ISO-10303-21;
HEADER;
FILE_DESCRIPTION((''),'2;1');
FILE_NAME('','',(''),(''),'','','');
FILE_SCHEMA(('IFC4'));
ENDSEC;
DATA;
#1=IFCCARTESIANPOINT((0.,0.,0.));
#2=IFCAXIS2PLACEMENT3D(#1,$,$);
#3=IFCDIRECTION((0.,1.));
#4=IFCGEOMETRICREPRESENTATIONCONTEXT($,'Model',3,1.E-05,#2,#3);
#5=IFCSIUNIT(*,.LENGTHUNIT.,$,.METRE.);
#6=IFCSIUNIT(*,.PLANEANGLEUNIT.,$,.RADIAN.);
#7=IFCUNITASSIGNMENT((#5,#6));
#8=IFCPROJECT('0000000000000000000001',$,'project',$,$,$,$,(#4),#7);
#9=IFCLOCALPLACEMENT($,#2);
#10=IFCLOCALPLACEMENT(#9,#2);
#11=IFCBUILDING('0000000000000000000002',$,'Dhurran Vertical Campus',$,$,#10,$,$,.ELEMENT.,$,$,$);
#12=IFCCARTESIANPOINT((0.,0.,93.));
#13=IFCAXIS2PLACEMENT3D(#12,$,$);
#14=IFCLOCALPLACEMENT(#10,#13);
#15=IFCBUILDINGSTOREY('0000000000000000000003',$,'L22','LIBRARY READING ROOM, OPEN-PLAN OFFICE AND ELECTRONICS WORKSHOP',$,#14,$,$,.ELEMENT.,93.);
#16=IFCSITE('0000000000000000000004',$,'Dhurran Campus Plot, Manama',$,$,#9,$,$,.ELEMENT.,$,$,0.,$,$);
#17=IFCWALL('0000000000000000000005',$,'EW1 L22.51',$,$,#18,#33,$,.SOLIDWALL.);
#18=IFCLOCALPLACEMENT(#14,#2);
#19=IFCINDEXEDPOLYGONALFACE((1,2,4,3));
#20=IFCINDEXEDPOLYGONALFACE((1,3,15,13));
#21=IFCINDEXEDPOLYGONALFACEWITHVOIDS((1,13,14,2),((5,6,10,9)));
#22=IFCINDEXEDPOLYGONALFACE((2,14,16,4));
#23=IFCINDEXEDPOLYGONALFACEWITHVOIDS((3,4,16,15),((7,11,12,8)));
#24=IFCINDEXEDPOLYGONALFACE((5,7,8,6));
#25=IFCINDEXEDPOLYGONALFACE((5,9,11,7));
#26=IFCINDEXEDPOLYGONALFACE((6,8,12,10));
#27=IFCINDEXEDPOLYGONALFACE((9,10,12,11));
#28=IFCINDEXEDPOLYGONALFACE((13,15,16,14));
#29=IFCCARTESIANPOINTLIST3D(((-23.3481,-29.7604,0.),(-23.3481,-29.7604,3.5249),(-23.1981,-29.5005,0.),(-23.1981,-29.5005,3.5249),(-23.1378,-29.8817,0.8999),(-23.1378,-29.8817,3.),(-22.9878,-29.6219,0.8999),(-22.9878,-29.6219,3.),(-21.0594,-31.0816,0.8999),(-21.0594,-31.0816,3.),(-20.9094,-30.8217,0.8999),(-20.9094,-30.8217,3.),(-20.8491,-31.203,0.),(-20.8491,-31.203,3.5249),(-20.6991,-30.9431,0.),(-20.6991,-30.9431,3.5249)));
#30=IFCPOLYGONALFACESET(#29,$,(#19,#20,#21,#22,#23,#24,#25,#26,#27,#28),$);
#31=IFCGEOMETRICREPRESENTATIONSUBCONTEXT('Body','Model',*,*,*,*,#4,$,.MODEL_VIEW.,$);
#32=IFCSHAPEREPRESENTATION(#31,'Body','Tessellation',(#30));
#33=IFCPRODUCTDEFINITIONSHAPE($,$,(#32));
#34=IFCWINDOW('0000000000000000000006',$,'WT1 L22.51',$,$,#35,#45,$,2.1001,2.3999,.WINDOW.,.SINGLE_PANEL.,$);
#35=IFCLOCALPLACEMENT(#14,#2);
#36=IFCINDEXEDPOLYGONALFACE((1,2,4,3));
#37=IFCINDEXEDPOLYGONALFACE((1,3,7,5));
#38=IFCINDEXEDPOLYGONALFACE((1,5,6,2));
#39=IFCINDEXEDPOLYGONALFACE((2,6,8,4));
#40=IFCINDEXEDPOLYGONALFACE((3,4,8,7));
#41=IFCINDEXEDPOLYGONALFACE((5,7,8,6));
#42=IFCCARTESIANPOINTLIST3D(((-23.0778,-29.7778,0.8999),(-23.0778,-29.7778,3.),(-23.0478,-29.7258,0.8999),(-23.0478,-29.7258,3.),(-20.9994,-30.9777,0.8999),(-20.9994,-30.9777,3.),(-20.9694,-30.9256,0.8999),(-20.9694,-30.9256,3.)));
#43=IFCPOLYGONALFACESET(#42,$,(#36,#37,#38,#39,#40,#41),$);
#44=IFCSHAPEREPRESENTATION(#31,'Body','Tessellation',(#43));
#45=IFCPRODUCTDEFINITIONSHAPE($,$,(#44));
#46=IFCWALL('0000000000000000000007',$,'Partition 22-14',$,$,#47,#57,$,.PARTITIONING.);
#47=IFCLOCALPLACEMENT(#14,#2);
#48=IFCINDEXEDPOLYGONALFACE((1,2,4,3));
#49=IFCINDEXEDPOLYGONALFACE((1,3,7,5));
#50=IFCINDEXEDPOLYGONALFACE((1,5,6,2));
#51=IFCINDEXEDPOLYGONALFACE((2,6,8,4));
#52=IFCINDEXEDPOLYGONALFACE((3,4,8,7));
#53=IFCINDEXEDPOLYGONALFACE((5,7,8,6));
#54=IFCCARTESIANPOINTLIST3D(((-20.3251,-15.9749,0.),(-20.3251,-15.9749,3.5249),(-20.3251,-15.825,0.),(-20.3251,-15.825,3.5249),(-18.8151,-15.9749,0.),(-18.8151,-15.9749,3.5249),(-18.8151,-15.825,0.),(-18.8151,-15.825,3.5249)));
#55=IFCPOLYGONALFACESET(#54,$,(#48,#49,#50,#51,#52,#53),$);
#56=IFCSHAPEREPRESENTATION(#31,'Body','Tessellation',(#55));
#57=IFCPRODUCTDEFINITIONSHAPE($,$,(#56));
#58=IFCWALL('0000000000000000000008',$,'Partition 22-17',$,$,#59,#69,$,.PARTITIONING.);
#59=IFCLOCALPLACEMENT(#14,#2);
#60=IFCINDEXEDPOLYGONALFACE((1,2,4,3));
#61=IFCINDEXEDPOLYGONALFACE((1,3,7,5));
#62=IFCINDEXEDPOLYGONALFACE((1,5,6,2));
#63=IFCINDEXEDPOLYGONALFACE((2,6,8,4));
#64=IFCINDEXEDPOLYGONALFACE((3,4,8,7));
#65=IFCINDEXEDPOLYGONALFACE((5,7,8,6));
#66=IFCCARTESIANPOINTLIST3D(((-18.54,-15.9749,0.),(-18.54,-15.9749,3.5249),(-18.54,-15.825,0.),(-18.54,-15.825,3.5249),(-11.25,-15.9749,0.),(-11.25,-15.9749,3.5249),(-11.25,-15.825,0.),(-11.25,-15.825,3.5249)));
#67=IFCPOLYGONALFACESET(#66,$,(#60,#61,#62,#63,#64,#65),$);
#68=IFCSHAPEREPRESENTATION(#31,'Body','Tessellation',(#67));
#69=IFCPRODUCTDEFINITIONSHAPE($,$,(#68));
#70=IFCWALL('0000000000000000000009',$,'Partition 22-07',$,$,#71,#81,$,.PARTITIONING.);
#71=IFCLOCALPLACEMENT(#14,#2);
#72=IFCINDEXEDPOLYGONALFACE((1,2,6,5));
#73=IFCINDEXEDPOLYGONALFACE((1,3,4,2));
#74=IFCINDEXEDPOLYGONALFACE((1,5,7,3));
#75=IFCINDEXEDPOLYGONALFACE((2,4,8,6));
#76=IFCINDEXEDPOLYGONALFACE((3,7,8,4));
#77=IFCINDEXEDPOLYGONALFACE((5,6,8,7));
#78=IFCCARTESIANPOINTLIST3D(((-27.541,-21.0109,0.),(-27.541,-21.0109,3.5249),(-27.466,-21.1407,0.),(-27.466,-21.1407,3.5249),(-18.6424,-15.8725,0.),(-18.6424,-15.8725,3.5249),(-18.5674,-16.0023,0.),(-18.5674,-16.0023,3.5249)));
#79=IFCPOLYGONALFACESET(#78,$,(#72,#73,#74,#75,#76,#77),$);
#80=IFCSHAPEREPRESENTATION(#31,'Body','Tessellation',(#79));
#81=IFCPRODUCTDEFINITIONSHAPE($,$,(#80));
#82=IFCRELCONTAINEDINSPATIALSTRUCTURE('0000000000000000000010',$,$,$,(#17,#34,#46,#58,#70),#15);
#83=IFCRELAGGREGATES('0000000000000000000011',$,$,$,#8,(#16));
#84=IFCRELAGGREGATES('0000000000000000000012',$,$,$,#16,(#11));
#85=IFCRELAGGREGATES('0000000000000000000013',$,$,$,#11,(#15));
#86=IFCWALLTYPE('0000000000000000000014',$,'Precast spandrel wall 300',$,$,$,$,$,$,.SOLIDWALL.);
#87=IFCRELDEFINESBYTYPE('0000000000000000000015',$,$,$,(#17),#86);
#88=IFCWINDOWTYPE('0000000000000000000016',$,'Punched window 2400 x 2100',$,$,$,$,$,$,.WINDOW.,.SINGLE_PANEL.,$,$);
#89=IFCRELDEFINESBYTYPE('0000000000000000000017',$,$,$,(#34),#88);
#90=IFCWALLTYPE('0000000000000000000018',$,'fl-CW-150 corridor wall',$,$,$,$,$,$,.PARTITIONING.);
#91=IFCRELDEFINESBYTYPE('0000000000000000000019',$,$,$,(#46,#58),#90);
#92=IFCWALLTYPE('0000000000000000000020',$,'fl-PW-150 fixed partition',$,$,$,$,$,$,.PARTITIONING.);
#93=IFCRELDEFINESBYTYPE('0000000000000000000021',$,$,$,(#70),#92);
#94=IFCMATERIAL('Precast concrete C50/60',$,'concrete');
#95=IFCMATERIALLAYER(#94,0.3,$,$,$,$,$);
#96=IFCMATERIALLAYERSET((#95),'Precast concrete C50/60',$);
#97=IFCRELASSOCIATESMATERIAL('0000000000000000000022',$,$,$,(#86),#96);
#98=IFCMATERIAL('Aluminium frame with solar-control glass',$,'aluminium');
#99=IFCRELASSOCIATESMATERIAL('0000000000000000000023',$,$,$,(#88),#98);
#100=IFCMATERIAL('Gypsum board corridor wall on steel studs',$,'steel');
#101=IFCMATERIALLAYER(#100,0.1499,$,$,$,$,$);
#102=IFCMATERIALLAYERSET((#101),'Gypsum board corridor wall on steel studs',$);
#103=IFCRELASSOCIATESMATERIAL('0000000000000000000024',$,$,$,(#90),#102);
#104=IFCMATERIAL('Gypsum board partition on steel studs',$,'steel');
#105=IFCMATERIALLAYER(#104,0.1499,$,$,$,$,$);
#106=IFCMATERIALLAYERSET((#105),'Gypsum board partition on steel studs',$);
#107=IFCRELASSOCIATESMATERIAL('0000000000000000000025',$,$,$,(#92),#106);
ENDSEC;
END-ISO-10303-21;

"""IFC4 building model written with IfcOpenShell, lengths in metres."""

from ifc_helpers import new_model, si_unit, direction, frame, frame_2d, origin, place, context, subcontext, project, spatial, rectangle, extrude, material, layer, layer_set, type_object, element, fill, save


model = new_model("IFC4")

# Units and contexts
model_context = context("Model", 3, precision=1e-05, world=origin(), true_north=direction((0.0, 1.0)))
body_context = subcontext(model_context, "Body", "Model", "MODEL_VIEW")
ifc_project = project(units=[si_unit("LENGTHUNIT", "METRE"), si_unit("PLANEANGLEUNIT", "RADIAN")], contexts=[model_context])

# Site, building, storey
site_placement = place(None, origin())
site = spatial("IfcSite", under=ifc_project, at=site_placement, Name="Dhurran Campus Plot, Manama", CompositionType="ELEMENT", RefElevation=0.0)
building_placement = place(site_placement, origin())
building = spatial("IfcBuilding", under=site, at=building_placement, Name="Dhurran Vertical Campus", CompositionType="ELEMENT")
storey_placement = place(building_placement, frame((0.0, 0.0, 93.0)))
storey = spatial("IfcBuildingStorey", under=building, at=storey_placement, Name="L22", Description="LIBRARY READING ROOM, OPEN-PLAN OFFICE AND ELECTRONICS WORKSHOP", CompositionType="ELEMENT", Elevation=93.0)

# Wall, opening, window
ifc_material_1 = material(Name="Precast concrete C50/60", Category="concrete")
ifc_layer_1 = layer(ifc_material_1, 0.3)
ifc_layer_set_1 = layer_set([ifc_layer_1], Name="Precast concrete C50/60")
wall_type_1 = type_object("IfcWallType", Name="Precast spandrel wall 300", PredefinedType="SOLIDWALL", material=ifc_layer_set_1)
ifc_material_2 = material(Name="Aluminium frame with solar-control glass", Category="aluminium")
window_type = type_object("IfcWindowType", Name="Punched window 2400 x 2100", PartitioningType="SINGLE_PANEL", PredefinedType="WINDOW", material=ifc_material_2)
wall_1_placement = place(storey_placement, frame((-23.2732, -29.6304, 0.0), z_axis=(0.0, 0.0, 1.0), x_axis=(0.866053, -0.499952, 0.0)))
wall_1 = element("IfcWall", 1, at=wall_1_placement, inside=storey, type_object=wall_type_1, Name="EW1 L22.51", PredefinedType="SOLIDWALL", context=body_context, shape_type="SweptSolid", body=[
    extrude(rectangle(XDim=2.8855, YDim=0.3, at=frame_2d((1.4429, 0.0))), origin(), (0.0, 0.0, 1.0), 3.5249),
])
opening_1_placement = place(wall_1_placement, frame((0.2429, 0.0, 0.8999)))
opening_1 = element("IfcOpeningElement", 2, at=opening_1_placement, cuts=wall_1, PredefinedType="OPENING", context=body_context, shape_type="SweptSolid", body=[
    extrude(rectangle(XDim=2.3999, YDim=2.1001, at=frame_2d((1.2, 1.05))), frame((0.0, 0.1599, 0.0), z_axis=(0.0, -1.0, 0.0), x_axis=(1.0, 0.0, 0.0)), (0.0, 0.0, 1.0), 0.3201),
])
window_1_placement = place(opening_1_placement, origin())
window_1 = element("IfcWindow", 3, at=window_1_placement, inside=storey, type_object=window_type, Name="WT1 L22.51", OverallHeight=2.1001, OverallWidth=2.3999, PartitioningType="SINGLE_PANEL", PredefinedType="WINDOW", context=body_context, shape_type="SweptSolid", body=[
    extrude(rectangle(XDim=2.3999, YDim=2.1001, at=frame_2d((1.2, 1.05))), frame((0.0, 0.03, 0.0), z_axis=(0.0, -1.0, 0.0), x_axis=(1.0, 0.0, 0.0)), (0.0, 0.0, 1.0), 0.0601),
])
fill(opening_1, window_1)

# Walls
ifc_material_3 = material(Name="Gypsum board corridor wall on steel studs", Category="steel")
ifc_layer_2 = layer(ifc_material_3, 0.1499)
ifc_layer_set_2 = layer_set([ifc_layer_2], Name="Gypsum board corridor wall on steel studs")
wall_type_2 = type_object("IfcWallType", Name="fl-CW-150 corridor wall", PredefinedType="PARTITIONING", material=ifc_layer_set_2)
wall_2_placement = place(storey_placement, frame((-20.325, -15.8999, 0.0), z_axis=(0.0, 0.0, 1.0), x_axis=(1.0, 0.0, 0.0)))
element("IfcWall", 4, at=wall_2_placement, inside=storey, type_object=wall_type_2, Name="Partition 22-14", PredefinedType="PARTITIONING", context=body_context, shape_type="SweptSolid", body=[
    extrude(rectangle(XDim=1.51, YDim=0.1499, at=frame_2d((0.7549, 0.0))), origin(), (0.0, 0.0, 1.0), 3.5249),
])
wall_3_placement = place(storey_placement, frame((-18.54, -15.8999, 0.0), z_axis=(0.0, 0.0, 1.0), x_axis=(1.0, 0.0, 0.0)))
element("IfcWall", 5, at=wall_3_placement, inside=storey, type_object=wall_type_2, Name="Partition 22-17", PredefinedType="PARTITIONING", context=body_context, shape_type="SweptSolid", body=[
    extrude(rectangle(XDim=7.29, YDim=0.1499, at=frame_2d((3.645, 0.0))), origin(), (0.0, 0.0, 1.0), 3.5249),
])
ifc_material_4 = material(Name="Gypsum board partition on steel studs", Category="steel")
ifc_layer_3 = layer(ifc_material_4, 0.1499)
ifc_layer_set_3 = layer_set([ifc_layer_3], Name="Gypsum board partition on steel studs")
wall_type_3 = type_object("IfcWallType", Name="fl-PW-150 fixed partition", PredefinedType="PARTITIONING", material=ifc_layer_set_3)
wall_4_placement = place(storey_placement, frame((-18.605, -15.9375, 0.0), z_axis=(0.0, 0.0, 1.0), x_axis=(-0.865993, -0.500056, 0.0)))
element("IfcWall", 6, at=wall_4_placement, inside=storey, type_object=wall_type_3, Name="Partition 22-07", PredefinedType="PARTITIONING", context=body_context, shape_type="SweptSolid", body=[
    extrude(rectangle(XDim=10.2756, YDim=0.1499, at=frame_2d((5.1377, 0.0))), origin(), (0.0, 0.0, 1.0), 3.5249),
])

save(model, "model.ifc")
